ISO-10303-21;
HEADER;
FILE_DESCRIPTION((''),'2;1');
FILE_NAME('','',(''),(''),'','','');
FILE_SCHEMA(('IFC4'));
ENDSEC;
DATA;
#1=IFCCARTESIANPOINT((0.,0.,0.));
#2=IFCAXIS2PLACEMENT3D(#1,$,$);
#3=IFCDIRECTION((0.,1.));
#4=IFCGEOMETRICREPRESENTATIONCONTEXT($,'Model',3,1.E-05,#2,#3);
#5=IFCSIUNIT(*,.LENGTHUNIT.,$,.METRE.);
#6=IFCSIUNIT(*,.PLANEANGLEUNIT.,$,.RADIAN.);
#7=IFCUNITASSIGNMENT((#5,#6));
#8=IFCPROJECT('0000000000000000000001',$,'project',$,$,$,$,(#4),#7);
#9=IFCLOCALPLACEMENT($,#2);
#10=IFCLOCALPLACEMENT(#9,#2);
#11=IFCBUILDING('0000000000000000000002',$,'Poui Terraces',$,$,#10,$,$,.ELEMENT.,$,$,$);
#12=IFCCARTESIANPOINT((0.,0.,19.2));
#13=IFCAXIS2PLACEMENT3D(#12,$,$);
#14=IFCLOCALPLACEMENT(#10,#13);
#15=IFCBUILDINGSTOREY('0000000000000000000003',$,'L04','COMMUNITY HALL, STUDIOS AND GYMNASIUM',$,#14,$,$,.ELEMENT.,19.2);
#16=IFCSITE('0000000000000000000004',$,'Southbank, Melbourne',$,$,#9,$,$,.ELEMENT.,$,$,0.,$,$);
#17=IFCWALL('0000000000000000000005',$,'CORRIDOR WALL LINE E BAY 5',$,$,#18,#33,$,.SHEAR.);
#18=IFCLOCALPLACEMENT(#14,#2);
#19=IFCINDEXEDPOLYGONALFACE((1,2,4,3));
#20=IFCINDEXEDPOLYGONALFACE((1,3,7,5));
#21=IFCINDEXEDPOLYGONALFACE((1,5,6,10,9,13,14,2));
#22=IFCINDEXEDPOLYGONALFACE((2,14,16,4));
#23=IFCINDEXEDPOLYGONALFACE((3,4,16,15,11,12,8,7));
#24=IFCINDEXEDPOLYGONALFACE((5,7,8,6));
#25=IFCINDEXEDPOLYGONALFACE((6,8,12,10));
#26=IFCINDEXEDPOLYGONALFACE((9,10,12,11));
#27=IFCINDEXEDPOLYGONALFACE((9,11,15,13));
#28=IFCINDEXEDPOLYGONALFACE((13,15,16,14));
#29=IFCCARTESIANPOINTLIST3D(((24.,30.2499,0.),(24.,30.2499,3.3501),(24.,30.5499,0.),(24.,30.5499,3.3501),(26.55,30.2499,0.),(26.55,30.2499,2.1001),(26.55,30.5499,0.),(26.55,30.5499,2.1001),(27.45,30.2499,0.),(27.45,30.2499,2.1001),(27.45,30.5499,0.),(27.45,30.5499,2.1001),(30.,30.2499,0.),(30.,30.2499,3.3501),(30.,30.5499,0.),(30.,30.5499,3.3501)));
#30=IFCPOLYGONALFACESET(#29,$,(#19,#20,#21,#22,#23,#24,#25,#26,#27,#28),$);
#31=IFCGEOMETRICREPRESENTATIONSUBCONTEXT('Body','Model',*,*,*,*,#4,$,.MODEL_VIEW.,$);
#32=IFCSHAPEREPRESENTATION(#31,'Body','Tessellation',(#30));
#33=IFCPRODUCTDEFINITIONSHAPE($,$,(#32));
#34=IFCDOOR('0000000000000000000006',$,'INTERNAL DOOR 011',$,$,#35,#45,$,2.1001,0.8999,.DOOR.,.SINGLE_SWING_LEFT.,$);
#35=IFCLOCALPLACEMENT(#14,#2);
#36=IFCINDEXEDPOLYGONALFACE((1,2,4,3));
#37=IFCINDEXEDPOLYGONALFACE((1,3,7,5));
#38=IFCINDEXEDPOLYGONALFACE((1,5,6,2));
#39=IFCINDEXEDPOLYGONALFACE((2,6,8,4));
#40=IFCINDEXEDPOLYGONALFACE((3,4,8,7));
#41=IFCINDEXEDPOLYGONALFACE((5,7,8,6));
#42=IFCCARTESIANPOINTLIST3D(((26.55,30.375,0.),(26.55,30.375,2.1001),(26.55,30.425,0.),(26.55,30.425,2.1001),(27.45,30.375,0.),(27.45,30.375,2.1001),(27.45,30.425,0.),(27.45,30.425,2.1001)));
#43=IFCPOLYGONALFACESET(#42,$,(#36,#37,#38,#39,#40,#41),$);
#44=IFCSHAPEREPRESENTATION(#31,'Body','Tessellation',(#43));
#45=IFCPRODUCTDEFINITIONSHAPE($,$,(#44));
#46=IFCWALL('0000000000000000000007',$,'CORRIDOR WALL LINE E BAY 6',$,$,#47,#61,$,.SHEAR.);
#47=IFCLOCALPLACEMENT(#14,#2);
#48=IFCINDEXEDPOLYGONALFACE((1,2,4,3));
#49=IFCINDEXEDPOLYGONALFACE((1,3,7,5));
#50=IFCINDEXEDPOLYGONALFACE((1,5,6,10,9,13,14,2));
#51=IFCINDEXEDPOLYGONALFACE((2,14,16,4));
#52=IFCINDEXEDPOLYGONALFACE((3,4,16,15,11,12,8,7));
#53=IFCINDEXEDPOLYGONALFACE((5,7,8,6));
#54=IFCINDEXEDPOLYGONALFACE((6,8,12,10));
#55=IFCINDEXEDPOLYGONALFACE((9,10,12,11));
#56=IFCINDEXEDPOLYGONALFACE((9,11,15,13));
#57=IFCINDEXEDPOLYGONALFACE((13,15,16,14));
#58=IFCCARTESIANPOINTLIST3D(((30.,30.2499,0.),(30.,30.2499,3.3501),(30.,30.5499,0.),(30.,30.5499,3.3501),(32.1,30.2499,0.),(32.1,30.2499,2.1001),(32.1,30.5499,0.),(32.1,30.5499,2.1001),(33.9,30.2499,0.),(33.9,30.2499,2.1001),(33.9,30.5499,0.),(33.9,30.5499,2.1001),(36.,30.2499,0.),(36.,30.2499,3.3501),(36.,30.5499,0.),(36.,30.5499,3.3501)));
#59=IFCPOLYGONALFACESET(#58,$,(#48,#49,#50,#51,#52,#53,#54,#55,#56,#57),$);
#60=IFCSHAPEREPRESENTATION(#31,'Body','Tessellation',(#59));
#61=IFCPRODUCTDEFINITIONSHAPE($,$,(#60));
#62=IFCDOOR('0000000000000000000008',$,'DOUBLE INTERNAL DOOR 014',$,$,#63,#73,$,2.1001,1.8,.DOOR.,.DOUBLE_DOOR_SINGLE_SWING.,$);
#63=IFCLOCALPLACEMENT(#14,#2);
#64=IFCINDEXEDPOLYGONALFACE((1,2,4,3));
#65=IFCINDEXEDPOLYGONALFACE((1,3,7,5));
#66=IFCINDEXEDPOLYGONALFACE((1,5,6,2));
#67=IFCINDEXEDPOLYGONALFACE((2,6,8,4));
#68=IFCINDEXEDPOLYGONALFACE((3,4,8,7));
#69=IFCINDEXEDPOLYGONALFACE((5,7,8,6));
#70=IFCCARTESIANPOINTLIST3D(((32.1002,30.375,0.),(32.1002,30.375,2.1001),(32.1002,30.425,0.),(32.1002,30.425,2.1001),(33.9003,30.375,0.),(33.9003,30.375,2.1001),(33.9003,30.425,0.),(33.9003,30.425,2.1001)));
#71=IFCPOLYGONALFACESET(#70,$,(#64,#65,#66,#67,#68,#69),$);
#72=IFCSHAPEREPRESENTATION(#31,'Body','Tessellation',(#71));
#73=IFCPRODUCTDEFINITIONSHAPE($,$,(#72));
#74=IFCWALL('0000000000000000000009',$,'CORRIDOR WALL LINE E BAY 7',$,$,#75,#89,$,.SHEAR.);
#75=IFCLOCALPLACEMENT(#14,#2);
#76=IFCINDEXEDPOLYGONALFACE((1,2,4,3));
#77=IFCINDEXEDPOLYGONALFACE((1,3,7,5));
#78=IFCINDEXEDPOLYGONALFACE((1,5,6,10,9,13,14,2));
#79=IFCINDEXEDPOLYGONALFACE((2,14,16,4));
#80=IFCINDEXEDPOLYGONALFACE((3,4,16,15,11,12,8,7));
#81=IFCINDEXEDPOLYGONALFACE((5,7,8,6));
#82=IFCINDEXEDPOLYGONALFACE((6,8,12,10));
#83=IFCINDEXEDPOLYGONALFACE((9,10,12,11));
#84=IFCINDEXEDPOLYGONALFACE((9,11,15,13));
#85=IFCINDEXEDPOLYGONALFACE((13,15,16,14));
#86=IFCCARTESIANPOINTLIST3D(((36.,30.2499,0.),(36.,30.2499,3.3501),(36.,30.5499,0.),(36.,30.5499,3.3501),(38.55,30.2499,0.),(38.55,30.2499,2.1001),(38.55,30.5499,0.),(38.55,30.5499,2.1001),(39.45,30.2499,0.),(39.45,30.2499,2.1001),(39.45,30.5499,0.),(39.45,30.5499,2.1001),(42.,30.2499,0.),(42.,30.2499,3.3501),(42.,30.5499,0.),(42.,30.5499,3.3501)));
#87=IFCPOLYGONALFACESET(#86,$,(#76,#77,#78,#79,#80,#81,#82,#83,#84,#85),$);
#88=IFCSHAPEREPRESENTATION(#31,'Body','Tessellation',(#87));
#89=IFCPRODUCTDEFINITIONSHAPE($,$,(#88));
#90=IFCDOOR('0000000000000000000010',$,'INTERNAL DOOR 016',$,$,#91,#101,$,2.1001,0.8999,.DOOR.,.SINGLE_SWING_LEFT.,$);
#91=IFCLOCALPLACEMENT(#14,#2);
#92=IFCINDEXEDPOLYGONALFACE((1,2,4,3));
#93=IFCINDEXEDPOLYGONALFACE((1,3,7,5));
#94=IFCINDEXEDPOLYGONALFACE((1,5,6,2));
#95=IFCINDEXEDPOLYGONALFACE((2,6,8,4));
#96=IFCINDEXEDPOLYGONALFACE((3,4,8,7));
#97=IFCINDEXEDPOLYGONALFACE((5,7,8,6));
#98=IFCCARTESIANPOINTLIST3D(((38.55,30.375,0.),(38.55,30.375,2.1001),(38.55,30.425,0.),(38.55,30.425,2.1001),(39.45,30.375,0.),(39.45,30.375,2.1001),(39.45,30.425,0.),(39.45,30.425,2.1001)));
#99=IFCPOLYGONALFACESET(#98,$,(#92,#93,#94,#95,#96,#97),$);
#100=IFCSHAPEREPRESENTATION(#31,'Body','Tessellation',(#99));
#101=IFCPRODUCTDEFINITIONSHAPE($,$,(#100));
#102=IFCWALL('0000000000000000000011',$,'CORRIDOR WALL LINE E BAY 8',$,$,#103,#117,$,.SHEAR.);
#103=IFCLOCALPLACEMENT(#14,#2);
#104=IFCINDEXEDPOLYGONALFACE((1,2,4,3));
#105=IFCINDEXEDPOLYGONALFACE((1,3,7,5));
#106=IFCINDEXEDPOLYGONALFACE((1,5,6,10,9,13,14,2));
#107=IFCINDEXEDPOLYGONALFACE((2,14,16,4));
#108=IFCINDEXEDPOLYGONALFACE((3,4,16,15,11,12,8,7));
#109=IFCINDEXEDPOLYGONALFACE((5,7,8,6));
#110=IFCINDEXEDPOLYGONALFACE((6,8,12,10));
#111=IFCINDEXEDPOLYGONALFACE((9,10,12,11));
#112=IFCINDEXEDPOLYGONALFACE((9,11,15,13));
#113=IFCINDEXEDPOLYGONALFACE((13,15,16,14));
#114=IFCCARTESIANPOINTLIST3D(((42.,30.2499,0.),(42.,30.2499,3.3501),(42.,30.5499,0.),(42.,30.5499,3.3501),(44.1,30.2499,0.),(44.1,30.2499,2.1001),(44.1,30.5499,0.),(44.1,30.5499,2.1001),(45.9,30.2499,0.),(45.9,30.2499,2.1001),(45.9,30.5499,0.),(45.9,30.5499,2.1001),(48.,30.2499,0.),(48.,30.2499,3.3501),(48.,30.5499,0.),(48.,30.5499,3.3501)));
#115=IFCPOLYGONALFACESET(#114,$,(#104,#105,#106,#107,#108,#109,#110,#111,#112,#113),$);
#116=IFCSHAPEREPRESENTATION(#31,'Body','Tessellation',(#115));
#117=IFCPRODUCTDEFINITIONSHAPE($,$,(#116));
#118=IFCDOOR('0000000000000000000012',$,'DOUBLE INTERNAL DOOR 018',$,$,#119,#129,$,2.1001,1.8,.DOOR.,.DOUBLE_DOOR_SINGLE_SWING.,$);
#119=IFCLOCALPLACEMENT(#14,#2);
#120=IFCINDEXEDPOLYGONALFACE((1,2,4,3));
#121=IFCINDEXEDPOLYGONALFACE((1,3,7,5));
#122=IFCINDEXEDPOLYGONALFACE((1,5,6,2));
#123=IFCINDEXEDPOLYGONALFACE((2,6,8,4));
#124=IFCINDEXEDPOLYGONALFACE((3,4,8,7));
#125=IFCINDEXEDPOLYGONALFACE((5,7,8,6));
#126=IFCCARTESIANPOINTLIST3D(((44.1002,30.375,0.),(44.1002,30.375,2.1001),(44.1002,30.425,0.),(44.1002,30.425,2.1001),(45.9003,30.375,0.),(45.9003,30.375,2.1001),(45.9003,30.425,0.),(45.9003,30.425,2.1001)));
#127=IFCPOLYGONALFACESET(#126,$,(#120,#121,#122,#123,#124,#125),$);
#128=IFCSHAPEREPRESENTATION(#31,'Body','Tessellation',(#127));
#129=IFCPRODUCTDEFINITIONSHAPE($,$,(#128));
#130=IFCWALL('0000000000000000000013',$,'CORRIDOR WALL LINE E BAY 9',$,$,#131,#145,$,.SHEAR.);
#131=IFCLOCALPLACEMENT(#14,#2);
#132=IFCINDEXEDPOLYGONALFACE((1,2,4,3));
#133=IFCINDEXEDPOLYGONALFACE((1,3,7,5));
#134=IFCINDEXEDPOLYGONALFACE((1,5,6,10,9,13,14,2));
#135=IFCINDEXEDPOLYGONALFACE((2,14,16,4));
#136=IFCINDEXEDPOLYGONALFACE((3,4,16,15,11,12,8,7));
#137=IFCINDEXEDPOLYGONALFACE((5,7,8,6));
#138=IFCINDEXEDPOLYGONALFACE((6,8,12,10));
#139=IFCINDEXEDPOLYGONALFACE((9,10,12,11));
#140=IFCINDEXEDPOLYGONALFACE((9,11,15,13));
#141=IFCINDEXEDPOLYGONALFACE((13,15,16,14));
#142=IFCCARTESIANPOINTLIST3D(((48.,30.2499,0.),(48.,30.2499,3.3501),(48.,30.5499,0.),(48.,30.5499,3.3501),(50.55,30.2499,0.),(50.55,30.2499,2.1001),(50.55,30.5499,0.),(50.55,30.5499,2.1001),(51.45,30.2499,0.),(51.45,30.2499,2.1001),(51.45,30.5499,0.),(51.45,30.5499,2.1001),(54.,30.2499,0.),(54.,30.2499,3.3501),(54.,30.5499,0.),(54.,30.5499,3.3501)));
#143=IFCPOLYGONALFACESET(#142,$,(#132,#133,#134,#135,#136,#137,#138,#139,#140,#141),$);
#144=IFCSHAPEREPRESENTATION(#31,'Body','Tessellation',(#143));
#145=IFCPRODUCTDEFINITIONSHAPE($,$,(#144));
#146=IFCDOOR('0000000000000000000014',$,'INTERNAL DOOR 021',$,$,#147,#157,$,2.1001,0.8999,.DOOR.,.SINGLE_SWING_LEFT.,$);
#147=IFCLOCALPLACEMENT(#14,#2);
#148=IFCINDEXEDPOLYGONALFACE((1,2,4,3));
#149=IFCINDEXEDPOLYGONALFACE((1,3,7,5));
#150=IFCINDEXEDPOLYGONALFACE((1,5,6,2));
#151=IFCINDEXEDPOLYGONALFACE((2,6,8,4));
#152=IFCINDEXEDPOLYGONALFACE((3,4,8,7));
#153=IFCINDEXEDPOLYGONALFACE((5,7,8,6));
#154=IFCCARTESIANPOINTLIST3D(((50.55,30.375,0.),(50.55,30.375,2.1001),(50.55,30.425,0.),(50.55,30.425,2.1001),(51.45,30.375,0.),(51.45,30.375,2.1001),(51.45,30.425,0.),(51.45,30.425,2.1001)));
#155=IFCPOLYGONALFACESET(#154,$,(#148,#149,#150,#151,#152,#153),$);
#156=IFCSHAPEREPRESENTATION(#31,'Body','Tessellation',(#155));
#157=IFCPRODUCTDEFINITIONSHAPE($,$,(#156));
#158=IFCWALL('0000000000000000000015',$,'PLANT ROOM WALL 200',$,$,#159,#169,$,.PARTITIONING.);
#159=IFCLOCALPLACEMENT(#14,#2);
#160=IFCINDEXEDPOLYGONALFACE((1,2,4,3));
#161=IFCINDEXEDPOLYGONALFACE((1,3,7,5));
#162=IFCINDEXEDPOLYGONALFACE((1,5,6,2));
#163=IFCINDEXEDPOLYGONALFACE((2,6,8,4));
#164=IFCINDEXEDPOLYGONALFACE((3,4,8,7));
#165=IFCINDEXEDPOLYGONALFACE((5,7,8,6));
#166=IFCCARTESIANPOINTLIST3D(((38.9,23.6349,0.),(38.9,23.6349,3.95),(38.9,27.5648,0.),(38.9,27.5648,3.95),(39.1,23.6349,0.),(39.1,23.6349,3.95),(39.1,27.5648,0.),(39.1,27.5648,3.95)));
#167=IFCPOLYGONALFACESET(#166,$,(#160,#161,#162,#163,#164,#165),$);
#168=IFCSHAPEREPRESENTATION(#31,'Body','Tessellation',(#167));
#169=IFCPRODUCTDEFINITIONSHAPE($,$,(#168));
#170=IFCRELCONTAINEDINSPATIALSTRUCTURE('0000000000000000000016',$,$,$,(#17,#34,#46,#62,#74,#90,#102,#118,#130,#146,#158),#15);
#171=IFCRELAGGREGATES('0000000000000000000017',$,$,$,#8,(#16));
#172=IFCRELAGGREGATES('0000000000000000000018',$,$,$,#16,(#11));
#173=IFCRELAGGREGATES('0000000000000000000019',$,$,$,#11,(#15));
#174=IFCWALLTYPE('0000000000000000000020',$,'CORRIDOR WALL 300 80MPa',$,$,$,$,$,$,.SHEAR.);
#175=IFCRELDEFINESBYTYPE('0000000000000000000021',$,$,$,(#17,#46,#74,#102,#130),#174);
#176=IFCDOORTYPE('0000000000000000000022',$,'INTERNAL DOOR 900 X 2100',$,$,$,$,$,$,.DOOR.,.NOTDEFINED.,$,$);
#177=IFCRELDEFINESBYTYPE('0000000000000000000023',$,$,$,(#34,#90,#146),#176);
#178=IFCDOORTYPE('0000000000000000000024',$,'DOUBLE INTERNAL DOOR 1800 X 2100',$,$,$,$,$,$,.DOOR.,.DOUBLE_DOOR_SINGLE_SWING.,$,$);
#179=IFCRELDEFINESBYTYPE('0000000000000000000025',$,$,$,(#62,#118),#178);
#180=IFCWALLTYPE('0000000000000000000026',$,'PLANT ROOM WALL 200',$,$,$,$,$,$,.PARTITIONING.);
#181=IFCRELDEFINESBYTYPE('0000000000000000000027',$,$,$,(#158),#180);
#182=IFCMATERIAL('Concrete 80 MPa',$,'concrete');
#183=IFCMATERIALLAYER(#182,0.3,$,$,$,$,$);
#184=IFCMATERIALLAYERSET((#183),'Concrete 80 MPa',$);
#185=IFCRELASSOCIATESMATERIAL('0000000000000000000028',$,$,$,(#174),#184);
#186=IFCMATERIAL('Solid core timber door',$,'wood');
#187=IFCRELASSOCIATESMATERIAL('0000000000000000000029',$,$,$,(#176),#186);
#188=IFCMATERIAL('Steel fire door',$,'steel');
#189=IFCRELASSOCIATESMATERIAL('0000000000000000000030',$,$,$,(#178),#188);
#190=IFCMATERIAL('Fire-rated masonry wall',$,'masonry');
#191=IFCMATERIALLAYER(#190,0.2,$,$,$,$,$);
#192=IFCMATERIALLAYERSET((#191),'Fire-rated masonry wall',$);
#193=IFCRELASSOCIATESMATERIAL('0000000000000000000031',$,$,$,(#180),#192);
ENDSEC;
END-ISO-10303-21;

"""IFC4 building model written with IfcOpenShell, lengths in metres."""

from ifc_helpers import new_model, si_unit, direction, frame, frame_2d, origin, place, context, subcontext, project, spatial, rectangle, extrude, material, layer, layer_set, type_object, element, fill, save


model = new_model("IFC4")

# Units and contexts
model_context = context("Model", 3, precision=1e-05, world=origin(), true_north=direction((0.0, 1.0)))
body_context = subcontext(model_context, "Body", "Model", "MODEL_VIEW")
ifc_project = project(units=[si_unit("LENGTHUNIT", "METRE"), si_unit("PLANEANGLEUNIT", "RADIAN")], contexts=[model_context])

# Site, building, storey
site_placement = place(None, origin())
site = spatial("IfcSite", under=ifc_project, at=site_placement, Name="Southbank, Melbourne", CompositionType="ELEMENT", RefElevation=0.0)
building_placement = place(site_placement, origin())
building = spatial("IfcBuilding", under=site, at=building_placement, Name="Poui Terraces", CompositionType="ELEMENT")
storey_placement = place(building_placement, frame((0.0, 0.0, 19.2)))
storey = spatial("IfcBuildingStorey", under=building, at=storey_placement, Name="L04", Description="COMMUNITY HALL, STUDIOS AND GYMNASIUM", CompositionType="ELEMENT", Elevation=19.2)

# Shared definitions
ifc_material_1 = material(Name="Concrete 80 MPa", Category="concrete")

# Shared definitions
ifc_material_2 = material(Name="Fire-rated masonry wall", Category="masonry")

# Shared definitions
ifc_material_3 = material(Name="Steel fire door", Category="steel")

# Walls, openings, doors
ifc_layer_1 = layer(ifc_material_1, 0.3)
ifc_layer_set_1 = layer_set([ifc_layer_1], Name="Concrete 80 MPa")
wall_type_1 = type_object("IfcWallType", Name="CORRIDOR WALL 300 80MPa", PredefinedType="SHEAR", material=ifc_layer_set_1)
wall_1_placement = place(storey_placement, frame((24.0, 30.3999, 0.0), z_axis=(0.0, 0.0, 1.0), x_axis=(1.0, 0.0, 0.0)))
wall_1 = element("IfcWall", 1, at=wall_1_placement, inside=storey, type_object=wall_type_1, Name="CORRIDOR WALL LINE E BAY 5", PredefinedType="SHEAR", context=body_context, shape_type="SweptSolid", body=[
    extrude(rectangle(XDim=6.0, YDim=0.3, at=frame_2d((3.0, 0.0))), origin(), (0.0, 0.0, 1.0), 3.3501),
])
opening_1_placement = place(wall_1_placement, frame((2.55, 0.0, 0.0)))
opening_1 = element("IfcOpeningElement", 2, at=opening_1_placement, cuts=wall_1, PredefinedType="OPENING", context=body_context, shape_type="SweptSolid", body=[
    extrude(rectangle(XDim=0.8999, YDim=2.1001, at=frame_2d((0.45, 1.05))), frame((0.0, 0.1602, 0.0), z_axis=(0.0, -1.0, 0.0), x_axis=(1.0, 0.0, 0.0)), (0.0, 0.0, 1.0), 0.3201),
])
ifc_material_4 = material(Name="Solid core timber door", Category="wood")
door_type_1 = type_object("IfcDoorType", Name="INTERNAL DOOR 900 X 2100", OperationType="NOTDEFINED", PredefinedType="DOOR", material=ifc_material_4)
door_1_placement = place(opening_1_placement, frame((0.8999, 0.0, 0.0), z_axis=(0.0, 0.0, 1.0), x_axis=(-1.0, 0.0, 0.0)))
door_1 = element("IfcDoor", 3, at=door_1_placement, inside=storey, type_object=door_type_1, Name="INTERNAL DOOR 011", OperationType="SINGLE_SWING_LEFT", OverallHeight=2.1001, OverallWidth=0.8999, PredefinedType="DOOR", context=body_context, shape_type="SweptSolid", body=[
    extrude(rectangle(XDim=0.8999, YDim=2.1001, at=frame_2d((0.45, 1.05))), frame((0.0, 0.0249, 0.0), z_axis=(0.0, -1.0, 0.0), x_axis=(1.0, 0.0, 0.0)), (0.0, 0.0, 1.0), 0.05),
])
fill(opening_1, door_1)
wall_2_placement = place(storey_placement, frame((30.0, 30.3999, 0.0), z_axis=(0.0, 0.0, 1.0), x_axis=(1.0, 0.0, 0.0)))
wall_2 = element("IfcWall", 4, at=wall_2_placement, inside=storey, type_object=wall_type_1, Name="CORRIDOR WALL LINE E BAY 6", PredefinedType="SHEAR", context=body_context, shape_type="SweptSolid", body=[
    extrude(rectangle(XDim=6.0, YDim=0.3, at=frame_2d((3.0, 0.0))), origin(), (0.0, 0.0, 1.0), 3.3501),
])
opening_2_placement = place(wall_2_placement, frame((2.1001, 0.0, 0.0)))
opening_2 = element("IfcOpeningElement", 5, at=opening_2_placement, cuts=wall_2, PredefinedType="OPENING", context=body_context, shape_type="SweptSolid", body=[
    extrude(rectangle(XDim=1.8, YDim=2.1001, at=frame_2d((0.8999, 1.05))), frame((0.0, 0.1602, 0.0), z_axis=(0.0, -1.0, 0.0), x_axis=(1.0, 0.0, 0.0)), (0.0, 0.0, 1.0), 0.3201),
])
door_type_2 = type_object("IfcDoorType", Name="DOUBLE INTERNAL DOOR 1800 X 2100", OperationType="DOUBLE_DOOR_SINGLE_SWING", PredefinedType="DOOR", material=ifc_material_3)
door_2_placement = place(opening_2_placement, frame((1.8, 0.0, 0.0), z_axis=(0.0, 0.0, 1.0), x_axis=(-1.0, 0.0, 0.0)))
door_2 = element("IfcDoor", 6, at=door_2_placement, inside=storey, type_object=door_type_2, Name="DOUBLE INTERNAL DOOR 014", OperationType="DOUBLE_DOOR_SINGLE_SWING", OverallHeight=2.1001, OverallWidth=1.8, PredefinedType="DOOR", context=body_context, shape_type="SweptSolid", body=[
    extrude(rectangle(XDim=1.8, YDim=2.1001, at=frame_2d((0.8999, 1.05))), frame((0.0, 0.0249, 0.0), z_axis=(0.0, -1.0, 0.0), x_axis=(1.0, 0.0, 0.0)), (0.0, 0.0, 1.0), 0.05),
])
fill(opening_2, door_2)
wall_3_placement = place(storey_placement, frame((36.0, 30.3999, 0.0), z_axis=(0.0, 0.0, 1.0), x_axis=(1.0, 0.0, 0.0)))
wall_3 = element("IfcWall", 7, at=wall_3_placement, inside=storey, type_object=wall_type_1, Name="CORRIDOR WALL LINE E BAY 7", PredefinedType="SHEAR", context=body_context, shape_type="SweptSolid", body=[
    extrude(rectangle(XDim=6.0, YDim=0.3, at=frame_2d((3.0, 0.0))), origin(), (0.0, 0.0, 1.0), 3.3501),
])
opening_3_placement = place(wall_3_placement, frame((2.55, 0.0, 0.0)))
opening_3 = element("IfcOpeningElement", 8, at=opening_3_placement, cuts=wall_3, PredefinedType="OPENING", context=body_context, shape_type="SweptSolid", body=[
    extrude(rectangle(XDim=0.8999, YDim=2.1001, at=frame_2d((0.45, 1.05))), frame((0.0, 0.1602, 0.0), z_axis=(0.0, -1.0, 0.0), x_axis=(1.0, 0.0, 0.0)), (0.0, 0.0, 1.0), 0.3201),
])
door_3_placement = place(opening_3_placement, frame((0.8999, 0.0, 0.0), z_axis=(0.0, 0.0, 1.0), x_axis=(-1.0, 0.0, 0.0)))
door_3 = element("IfcDoor", 9, at=door_3_placement, inside=storey, type_object=door_type_1, Name="INTERNAL DOOR 016", OperationType="SINGLE_SWING_LEFT", OverallHeight=2.1001, OverallWidth=0.8999, PredefinedType="DOOR", context=body_context, shape_type="SweptSolid", body=[
    extrude(rectangle(XDim=0.8999, YDim=2.1001, at=frame_2d((0.45, 1.05))), frame((0.0, 0.0249, 0.0), z_axis=(0.0, -1.0, 0.0), x_axis=(1.0, 0.0, 0.0)), (0.0, 0.0, 1.0), 0.05),
])
fill(opening_3, door_3)
wall_4_placement = place(storey_placement, frame((42.0, 30.3999, 0.0), z_axis=(0.0, 0.0, 1.0), x_axis=(1.0, 0.0, 0.0)))
wall_4 = element("IfcWall", 10, at=wall_4_placement, inside=storey, type_object=wall_type_1, Name="CORRIDOR WALL LINE E BAY 8", PredefinedType="SHEAR", context=body_context, shape_type="SweptSolid", body=[
    extrude(rectangle(XDim=6.0, YDim=0.3, at=frame_2d((3.0, 0.0))), origin(), (0.0, 0.0, 1.0), 3.3501),
])
opening_4_placement = place(wall_4_placement, frame((2.1001, 0.0, 0.0)))
opening_4 = element("IfcOpeningElement", 11, at=opening_4_placement, cuts=wall_4, PredefinedType="OPENING", context=body_context, shape_type="SweptSolid", body=[
    extrude(rectangle(XDim=1.8, YDim=2.1001, at=frame_2d((0.8999, 1.05))), frame((0.0, 0.1602, 0.0), z_axis=(0.0, -1.0, 0.0), x_axis=(1.0, 0.0, 0.0)), (0.0, 0.0, 1.0), 0.3201),
])
door_4_placement = place(opening_4_placement, frame((1.8, 0.0, 0.0), z_axis=(0.0, 0.0, 1.0), x_axis=(-1.0, 0.0, 0.0)))
door_4 = element("IfcDoor", 12, at=door_4_placement, inside=storey, type_object=door_type_2, Name="DOUBLE INTERNAL DOOR 018", OperationType="DOUBLE_DOOR_SINGLE_SWING", OverallHeight=2.1001, OverallWidth=1.8, PredefinedType="DOOR", context=body_context, shape_type="SweptSolid", body=[
    extrude(rectangle(XDim=1.8, YDim=2.1001, at=frame_2d((0.8999, 1.05))), frame((0.0, 0.0249, 0.0), z_axis=(0.0, -1.0, 0.0), x_axis=(1.0, 0.0, 0.0)), (0.0, 0.0, 1.0), 0.05),
])
fill(opening_4, door_4)
wall_5_placement = place(storey_placement, frame((48.0, 30.3999, 0.0), z_axis=(0.0, 0.0, 1.0), x_axis=(1.0, 0.0, 0.0)))
wall_5 = element("IfcWall", 13, at=wall_5_placement, inside=storey, type_object=wall_type_1, Name="CORRIDOR WALL LINE E BAY 9", PredefinedType="SHEAR", context=body_context, shape_type="SweptSolid", body=[
    extrude(rectangle(XDim=6.0, YDim=0.3, at=frame_2d((3.0, 0.0))), origin(), (0.0, 0.0, 1.0), 3.3501),
])
opening_5_placement = place(wall_5_placement, frame((2.55, 0.0, 0.0)))
opening_5 = element("IfcOpeningElement", 14, at=opening_5_placement, cuts=wall_5, PredefinedType="OPENING", context=body_context, shape_type="SweptSolid", body=[
    extrude(rectangle(XDim=0.8999, YDim=2.1001, at=frame_2d((0.45, 1.05))), frame((0.0, 0.1602, 0.0), z_axis=(0.0, -1.0, 0.0), x_axis=(1.0, 0.0, 0.0)), (0.0, 0.0, 1.0), 0.3201),
])
door_5_placement = place(opening_5_placement, frame((0.8999, 0.0, 0.0), z_axis=(0.0, 0.0, 1.0), x_axis=(-1.0, 0.0, 0.0)))
door_5 = element("IfcDoor", 15, at=door_5_placement, inside=storey, type_object=door_type_1, Name="INTERNAL DOOR 021", OperationType="SINGLE_SWING_LEFT", OverallHeight=2.1001, OverallWidth=0.8999, PredefinedType="DOOR", context=body_context, shape_type="SweptSolid", body=[
    extrude(rectangle(XDim=0.8999, YDim=2.1001, at=frame_2d((0.45, 1.05))), frame((0.0, 0.0249, 0.0), z_axis=(0.0, -1.0, 0.0), x_axis=(1.0, 0.0, 0.0)), (0.0, 0.0, 1.0), 0.05),
])
fill(opening_5, door_5)

# Wall
ifc_layer_2 = layer(ifc_material_2, 0.2)
ifc_layer_set_2 = layer_set([ifc_layer_2], Name="Fire-rated masonry wall")
wall_type_2 = type_object("IfcWallType", Name="PLANT ROOM WALL 200", PredefinedType="PARTITIONING", material=ifc_layer_set_2)
wall_6_placement = place(storey_placement, frame((39.0, 23.635, 0.0), z_axis=(0.0, 0.0, 1.0), x_axis=(0.0, 1.0, 0.0)))
element("IfcWall", 16, at=wall_6_placement, inside=storey, type_object=wall_type_2, Name="PLANT ROOM WALL 200", PredefinedType="PARTITIONING", context=body_context, shape_type="SweptSolid", body=[
    extrude(rectangle(XDim=3.9299, YDim=0.2, at=frame_2d((1.9648, 0.0))), origin(), (0.0, 0.0, 1.0), 3.95),
])

save(model, "model.ifc")
